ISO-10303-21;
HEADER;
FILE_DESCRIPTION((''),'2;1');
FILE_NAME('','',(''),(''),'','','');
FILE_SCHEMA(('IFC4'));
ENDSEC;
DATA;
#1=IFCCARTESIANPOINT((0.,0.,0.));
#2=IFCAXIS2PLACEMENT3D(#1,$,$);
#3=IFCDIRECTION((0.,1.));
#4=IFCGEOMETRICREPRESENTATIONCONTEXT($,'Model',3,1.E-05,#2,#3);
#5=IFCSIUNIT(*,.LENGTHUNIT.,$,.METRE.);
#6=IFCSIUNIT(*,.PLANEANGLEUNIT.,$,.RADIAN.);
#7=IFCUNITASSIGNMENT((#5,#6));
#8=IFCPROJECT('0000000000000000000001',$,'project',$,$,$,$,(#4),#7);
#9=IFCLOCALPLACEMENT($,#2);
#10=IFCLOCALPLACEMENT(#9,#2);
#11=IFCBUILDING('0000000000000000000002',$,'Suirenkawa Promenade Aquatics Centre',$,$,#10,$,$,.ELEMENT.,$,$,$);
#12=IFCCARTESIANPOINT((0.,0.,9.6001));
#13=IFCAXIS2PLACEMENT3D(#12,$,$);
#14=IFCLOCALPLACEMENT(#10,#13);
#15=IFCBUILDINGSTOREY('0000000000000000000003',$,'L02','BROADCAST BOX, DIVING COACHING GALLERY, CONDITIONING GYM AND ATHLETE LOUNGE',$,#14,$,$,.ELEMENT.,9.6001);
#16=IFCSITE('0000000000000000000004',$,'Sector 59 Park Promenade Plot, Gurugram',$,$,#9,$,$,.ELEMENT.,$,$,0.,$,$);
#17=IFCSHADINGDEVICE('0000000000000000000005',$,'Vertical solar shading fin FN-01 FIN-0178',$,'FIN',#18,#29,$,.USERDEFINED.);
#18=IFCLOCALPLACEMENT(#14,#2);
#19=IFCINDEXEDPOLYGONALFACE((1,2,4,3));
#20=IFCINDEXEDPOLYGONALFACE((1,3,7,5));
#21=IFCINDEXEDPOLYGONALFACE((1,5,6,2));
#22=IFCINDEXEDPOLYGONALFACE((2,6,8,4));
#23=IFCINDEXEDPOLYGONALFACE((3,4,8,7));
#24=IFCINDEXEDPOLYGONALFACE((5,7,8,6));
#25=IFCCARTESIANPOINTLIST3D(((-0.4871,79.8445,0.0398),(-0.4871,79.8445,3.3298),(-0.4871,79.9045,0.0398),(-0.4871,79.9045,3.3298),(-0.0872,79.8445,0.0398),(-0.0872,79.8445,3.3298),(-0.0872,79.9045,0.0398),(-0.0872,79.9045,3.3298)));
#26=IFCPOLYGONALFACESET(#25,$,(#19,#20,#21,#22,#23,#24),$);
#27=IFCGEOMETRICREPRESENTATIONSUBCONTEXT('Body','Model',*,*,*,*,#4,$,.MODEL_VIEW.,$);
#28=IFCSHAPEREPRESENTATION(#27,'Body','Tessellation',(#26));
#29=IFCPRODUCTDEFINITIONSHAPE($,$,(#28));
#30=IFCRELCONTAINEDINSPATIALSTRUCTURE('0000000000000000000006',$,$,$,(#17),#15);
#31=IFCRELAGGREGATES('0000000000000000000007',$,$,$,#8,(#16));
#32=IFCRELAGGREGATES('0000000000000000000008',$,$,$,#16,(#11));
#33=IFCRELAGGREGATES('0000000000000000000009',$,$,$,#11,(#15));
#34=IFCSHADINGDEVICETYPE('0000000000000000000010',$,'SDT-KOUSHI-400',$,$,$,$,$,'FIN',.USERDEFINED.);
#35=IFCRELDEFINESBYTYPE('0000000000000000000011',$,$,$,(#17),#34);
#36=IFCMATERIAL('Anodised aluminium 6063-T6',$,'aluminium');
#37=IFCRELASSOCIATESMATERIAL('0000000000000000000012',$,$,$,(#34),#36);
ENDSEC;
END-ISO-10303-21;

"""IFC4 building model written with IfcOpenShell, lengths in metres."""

from ifc_helpers import new_model, si_unit, direction, frame, origin, origin_2d, place, context, subcontext, project, spatial, rectangle, extrude, material, type_object, element, save


model = new_model("IFC4")

# Units and contexts
model_context = context("Model", 3, precision=1e-05, world=origin(), true_north=direction((0.0, 1.0)))
body_context = subcontext(model_context, "Body", "Model", "MODEL_VIEW")
ifc_project = project(units=[si_unit("LENGTHUNIT", "METRE"), si_unit("PLANEANGLEUNIT", "RADIAN")], contexts=[model_context])

# Site, building, storey
site_placement = place(None, origin())
site = spatial("IfcSite", under=ifc_project, at=site_placement, Name="Sector 59 Park Promenade Plot, Gurugram", CompositionType="ELEMENT", RefElevation=0.0)
building_placement = place(site_placement, origin())
building = spatial("IfcBuilding", under=site, at=building_placement, Name="Suirenkawa Promenade Aquatics Centre", CompositionType="ELEMENT")
storey_placement = place(building_placement, frame((0.0, 0.0, 9.6001)))
storey = spatial("IfcBuildingStorey", under=building, at=storey_placement, Name="L02", Description="BROADCAST BOX, DIVING COACHING GALLERY, CONDITIONING GYM AND ATHLETE LOUNGE", CompositionType="ELEMENT", Elevation=9.6001)

# Shared definitions
ifc_material_1 = material(Name="Anodised aluminium 6063-T6", Category="aluminium")

# Shading device
shading_device_type = type_object("IfcShadingDeviceType", Name="SDT-KOUSHI-400", ElementType="FIN", PredefinedType="USERDEFINED", material=ifc_material_1)
for number, where, z_axis, x_axis, name in (
    (1, (-0.2871, 79.8745, 0.0398), (0.0, 0.0, 1.0), (-1.0, 0.0, 0.0), "Vertical solar shading fin FN-01 FIN-0178"),
):
    element("IfcShadingDevice", number, at=place(storey_placement, frame(where, z_axis=z_axis, x_axis=x_axis)), inside=storey, type_object=shading_device_type, Name=name, ObjectType="FIN", PredefinedType="USERDEFINED", context=body_context, shape_type="SweptSolid", body=[
        extrude(rectangle(XDim=0.3999, YDim=0.0601, at=origin_2d()), origin(), (0.0, 0.0, 1.0), 3.29),
    ])

save(model, "model.ifc")
